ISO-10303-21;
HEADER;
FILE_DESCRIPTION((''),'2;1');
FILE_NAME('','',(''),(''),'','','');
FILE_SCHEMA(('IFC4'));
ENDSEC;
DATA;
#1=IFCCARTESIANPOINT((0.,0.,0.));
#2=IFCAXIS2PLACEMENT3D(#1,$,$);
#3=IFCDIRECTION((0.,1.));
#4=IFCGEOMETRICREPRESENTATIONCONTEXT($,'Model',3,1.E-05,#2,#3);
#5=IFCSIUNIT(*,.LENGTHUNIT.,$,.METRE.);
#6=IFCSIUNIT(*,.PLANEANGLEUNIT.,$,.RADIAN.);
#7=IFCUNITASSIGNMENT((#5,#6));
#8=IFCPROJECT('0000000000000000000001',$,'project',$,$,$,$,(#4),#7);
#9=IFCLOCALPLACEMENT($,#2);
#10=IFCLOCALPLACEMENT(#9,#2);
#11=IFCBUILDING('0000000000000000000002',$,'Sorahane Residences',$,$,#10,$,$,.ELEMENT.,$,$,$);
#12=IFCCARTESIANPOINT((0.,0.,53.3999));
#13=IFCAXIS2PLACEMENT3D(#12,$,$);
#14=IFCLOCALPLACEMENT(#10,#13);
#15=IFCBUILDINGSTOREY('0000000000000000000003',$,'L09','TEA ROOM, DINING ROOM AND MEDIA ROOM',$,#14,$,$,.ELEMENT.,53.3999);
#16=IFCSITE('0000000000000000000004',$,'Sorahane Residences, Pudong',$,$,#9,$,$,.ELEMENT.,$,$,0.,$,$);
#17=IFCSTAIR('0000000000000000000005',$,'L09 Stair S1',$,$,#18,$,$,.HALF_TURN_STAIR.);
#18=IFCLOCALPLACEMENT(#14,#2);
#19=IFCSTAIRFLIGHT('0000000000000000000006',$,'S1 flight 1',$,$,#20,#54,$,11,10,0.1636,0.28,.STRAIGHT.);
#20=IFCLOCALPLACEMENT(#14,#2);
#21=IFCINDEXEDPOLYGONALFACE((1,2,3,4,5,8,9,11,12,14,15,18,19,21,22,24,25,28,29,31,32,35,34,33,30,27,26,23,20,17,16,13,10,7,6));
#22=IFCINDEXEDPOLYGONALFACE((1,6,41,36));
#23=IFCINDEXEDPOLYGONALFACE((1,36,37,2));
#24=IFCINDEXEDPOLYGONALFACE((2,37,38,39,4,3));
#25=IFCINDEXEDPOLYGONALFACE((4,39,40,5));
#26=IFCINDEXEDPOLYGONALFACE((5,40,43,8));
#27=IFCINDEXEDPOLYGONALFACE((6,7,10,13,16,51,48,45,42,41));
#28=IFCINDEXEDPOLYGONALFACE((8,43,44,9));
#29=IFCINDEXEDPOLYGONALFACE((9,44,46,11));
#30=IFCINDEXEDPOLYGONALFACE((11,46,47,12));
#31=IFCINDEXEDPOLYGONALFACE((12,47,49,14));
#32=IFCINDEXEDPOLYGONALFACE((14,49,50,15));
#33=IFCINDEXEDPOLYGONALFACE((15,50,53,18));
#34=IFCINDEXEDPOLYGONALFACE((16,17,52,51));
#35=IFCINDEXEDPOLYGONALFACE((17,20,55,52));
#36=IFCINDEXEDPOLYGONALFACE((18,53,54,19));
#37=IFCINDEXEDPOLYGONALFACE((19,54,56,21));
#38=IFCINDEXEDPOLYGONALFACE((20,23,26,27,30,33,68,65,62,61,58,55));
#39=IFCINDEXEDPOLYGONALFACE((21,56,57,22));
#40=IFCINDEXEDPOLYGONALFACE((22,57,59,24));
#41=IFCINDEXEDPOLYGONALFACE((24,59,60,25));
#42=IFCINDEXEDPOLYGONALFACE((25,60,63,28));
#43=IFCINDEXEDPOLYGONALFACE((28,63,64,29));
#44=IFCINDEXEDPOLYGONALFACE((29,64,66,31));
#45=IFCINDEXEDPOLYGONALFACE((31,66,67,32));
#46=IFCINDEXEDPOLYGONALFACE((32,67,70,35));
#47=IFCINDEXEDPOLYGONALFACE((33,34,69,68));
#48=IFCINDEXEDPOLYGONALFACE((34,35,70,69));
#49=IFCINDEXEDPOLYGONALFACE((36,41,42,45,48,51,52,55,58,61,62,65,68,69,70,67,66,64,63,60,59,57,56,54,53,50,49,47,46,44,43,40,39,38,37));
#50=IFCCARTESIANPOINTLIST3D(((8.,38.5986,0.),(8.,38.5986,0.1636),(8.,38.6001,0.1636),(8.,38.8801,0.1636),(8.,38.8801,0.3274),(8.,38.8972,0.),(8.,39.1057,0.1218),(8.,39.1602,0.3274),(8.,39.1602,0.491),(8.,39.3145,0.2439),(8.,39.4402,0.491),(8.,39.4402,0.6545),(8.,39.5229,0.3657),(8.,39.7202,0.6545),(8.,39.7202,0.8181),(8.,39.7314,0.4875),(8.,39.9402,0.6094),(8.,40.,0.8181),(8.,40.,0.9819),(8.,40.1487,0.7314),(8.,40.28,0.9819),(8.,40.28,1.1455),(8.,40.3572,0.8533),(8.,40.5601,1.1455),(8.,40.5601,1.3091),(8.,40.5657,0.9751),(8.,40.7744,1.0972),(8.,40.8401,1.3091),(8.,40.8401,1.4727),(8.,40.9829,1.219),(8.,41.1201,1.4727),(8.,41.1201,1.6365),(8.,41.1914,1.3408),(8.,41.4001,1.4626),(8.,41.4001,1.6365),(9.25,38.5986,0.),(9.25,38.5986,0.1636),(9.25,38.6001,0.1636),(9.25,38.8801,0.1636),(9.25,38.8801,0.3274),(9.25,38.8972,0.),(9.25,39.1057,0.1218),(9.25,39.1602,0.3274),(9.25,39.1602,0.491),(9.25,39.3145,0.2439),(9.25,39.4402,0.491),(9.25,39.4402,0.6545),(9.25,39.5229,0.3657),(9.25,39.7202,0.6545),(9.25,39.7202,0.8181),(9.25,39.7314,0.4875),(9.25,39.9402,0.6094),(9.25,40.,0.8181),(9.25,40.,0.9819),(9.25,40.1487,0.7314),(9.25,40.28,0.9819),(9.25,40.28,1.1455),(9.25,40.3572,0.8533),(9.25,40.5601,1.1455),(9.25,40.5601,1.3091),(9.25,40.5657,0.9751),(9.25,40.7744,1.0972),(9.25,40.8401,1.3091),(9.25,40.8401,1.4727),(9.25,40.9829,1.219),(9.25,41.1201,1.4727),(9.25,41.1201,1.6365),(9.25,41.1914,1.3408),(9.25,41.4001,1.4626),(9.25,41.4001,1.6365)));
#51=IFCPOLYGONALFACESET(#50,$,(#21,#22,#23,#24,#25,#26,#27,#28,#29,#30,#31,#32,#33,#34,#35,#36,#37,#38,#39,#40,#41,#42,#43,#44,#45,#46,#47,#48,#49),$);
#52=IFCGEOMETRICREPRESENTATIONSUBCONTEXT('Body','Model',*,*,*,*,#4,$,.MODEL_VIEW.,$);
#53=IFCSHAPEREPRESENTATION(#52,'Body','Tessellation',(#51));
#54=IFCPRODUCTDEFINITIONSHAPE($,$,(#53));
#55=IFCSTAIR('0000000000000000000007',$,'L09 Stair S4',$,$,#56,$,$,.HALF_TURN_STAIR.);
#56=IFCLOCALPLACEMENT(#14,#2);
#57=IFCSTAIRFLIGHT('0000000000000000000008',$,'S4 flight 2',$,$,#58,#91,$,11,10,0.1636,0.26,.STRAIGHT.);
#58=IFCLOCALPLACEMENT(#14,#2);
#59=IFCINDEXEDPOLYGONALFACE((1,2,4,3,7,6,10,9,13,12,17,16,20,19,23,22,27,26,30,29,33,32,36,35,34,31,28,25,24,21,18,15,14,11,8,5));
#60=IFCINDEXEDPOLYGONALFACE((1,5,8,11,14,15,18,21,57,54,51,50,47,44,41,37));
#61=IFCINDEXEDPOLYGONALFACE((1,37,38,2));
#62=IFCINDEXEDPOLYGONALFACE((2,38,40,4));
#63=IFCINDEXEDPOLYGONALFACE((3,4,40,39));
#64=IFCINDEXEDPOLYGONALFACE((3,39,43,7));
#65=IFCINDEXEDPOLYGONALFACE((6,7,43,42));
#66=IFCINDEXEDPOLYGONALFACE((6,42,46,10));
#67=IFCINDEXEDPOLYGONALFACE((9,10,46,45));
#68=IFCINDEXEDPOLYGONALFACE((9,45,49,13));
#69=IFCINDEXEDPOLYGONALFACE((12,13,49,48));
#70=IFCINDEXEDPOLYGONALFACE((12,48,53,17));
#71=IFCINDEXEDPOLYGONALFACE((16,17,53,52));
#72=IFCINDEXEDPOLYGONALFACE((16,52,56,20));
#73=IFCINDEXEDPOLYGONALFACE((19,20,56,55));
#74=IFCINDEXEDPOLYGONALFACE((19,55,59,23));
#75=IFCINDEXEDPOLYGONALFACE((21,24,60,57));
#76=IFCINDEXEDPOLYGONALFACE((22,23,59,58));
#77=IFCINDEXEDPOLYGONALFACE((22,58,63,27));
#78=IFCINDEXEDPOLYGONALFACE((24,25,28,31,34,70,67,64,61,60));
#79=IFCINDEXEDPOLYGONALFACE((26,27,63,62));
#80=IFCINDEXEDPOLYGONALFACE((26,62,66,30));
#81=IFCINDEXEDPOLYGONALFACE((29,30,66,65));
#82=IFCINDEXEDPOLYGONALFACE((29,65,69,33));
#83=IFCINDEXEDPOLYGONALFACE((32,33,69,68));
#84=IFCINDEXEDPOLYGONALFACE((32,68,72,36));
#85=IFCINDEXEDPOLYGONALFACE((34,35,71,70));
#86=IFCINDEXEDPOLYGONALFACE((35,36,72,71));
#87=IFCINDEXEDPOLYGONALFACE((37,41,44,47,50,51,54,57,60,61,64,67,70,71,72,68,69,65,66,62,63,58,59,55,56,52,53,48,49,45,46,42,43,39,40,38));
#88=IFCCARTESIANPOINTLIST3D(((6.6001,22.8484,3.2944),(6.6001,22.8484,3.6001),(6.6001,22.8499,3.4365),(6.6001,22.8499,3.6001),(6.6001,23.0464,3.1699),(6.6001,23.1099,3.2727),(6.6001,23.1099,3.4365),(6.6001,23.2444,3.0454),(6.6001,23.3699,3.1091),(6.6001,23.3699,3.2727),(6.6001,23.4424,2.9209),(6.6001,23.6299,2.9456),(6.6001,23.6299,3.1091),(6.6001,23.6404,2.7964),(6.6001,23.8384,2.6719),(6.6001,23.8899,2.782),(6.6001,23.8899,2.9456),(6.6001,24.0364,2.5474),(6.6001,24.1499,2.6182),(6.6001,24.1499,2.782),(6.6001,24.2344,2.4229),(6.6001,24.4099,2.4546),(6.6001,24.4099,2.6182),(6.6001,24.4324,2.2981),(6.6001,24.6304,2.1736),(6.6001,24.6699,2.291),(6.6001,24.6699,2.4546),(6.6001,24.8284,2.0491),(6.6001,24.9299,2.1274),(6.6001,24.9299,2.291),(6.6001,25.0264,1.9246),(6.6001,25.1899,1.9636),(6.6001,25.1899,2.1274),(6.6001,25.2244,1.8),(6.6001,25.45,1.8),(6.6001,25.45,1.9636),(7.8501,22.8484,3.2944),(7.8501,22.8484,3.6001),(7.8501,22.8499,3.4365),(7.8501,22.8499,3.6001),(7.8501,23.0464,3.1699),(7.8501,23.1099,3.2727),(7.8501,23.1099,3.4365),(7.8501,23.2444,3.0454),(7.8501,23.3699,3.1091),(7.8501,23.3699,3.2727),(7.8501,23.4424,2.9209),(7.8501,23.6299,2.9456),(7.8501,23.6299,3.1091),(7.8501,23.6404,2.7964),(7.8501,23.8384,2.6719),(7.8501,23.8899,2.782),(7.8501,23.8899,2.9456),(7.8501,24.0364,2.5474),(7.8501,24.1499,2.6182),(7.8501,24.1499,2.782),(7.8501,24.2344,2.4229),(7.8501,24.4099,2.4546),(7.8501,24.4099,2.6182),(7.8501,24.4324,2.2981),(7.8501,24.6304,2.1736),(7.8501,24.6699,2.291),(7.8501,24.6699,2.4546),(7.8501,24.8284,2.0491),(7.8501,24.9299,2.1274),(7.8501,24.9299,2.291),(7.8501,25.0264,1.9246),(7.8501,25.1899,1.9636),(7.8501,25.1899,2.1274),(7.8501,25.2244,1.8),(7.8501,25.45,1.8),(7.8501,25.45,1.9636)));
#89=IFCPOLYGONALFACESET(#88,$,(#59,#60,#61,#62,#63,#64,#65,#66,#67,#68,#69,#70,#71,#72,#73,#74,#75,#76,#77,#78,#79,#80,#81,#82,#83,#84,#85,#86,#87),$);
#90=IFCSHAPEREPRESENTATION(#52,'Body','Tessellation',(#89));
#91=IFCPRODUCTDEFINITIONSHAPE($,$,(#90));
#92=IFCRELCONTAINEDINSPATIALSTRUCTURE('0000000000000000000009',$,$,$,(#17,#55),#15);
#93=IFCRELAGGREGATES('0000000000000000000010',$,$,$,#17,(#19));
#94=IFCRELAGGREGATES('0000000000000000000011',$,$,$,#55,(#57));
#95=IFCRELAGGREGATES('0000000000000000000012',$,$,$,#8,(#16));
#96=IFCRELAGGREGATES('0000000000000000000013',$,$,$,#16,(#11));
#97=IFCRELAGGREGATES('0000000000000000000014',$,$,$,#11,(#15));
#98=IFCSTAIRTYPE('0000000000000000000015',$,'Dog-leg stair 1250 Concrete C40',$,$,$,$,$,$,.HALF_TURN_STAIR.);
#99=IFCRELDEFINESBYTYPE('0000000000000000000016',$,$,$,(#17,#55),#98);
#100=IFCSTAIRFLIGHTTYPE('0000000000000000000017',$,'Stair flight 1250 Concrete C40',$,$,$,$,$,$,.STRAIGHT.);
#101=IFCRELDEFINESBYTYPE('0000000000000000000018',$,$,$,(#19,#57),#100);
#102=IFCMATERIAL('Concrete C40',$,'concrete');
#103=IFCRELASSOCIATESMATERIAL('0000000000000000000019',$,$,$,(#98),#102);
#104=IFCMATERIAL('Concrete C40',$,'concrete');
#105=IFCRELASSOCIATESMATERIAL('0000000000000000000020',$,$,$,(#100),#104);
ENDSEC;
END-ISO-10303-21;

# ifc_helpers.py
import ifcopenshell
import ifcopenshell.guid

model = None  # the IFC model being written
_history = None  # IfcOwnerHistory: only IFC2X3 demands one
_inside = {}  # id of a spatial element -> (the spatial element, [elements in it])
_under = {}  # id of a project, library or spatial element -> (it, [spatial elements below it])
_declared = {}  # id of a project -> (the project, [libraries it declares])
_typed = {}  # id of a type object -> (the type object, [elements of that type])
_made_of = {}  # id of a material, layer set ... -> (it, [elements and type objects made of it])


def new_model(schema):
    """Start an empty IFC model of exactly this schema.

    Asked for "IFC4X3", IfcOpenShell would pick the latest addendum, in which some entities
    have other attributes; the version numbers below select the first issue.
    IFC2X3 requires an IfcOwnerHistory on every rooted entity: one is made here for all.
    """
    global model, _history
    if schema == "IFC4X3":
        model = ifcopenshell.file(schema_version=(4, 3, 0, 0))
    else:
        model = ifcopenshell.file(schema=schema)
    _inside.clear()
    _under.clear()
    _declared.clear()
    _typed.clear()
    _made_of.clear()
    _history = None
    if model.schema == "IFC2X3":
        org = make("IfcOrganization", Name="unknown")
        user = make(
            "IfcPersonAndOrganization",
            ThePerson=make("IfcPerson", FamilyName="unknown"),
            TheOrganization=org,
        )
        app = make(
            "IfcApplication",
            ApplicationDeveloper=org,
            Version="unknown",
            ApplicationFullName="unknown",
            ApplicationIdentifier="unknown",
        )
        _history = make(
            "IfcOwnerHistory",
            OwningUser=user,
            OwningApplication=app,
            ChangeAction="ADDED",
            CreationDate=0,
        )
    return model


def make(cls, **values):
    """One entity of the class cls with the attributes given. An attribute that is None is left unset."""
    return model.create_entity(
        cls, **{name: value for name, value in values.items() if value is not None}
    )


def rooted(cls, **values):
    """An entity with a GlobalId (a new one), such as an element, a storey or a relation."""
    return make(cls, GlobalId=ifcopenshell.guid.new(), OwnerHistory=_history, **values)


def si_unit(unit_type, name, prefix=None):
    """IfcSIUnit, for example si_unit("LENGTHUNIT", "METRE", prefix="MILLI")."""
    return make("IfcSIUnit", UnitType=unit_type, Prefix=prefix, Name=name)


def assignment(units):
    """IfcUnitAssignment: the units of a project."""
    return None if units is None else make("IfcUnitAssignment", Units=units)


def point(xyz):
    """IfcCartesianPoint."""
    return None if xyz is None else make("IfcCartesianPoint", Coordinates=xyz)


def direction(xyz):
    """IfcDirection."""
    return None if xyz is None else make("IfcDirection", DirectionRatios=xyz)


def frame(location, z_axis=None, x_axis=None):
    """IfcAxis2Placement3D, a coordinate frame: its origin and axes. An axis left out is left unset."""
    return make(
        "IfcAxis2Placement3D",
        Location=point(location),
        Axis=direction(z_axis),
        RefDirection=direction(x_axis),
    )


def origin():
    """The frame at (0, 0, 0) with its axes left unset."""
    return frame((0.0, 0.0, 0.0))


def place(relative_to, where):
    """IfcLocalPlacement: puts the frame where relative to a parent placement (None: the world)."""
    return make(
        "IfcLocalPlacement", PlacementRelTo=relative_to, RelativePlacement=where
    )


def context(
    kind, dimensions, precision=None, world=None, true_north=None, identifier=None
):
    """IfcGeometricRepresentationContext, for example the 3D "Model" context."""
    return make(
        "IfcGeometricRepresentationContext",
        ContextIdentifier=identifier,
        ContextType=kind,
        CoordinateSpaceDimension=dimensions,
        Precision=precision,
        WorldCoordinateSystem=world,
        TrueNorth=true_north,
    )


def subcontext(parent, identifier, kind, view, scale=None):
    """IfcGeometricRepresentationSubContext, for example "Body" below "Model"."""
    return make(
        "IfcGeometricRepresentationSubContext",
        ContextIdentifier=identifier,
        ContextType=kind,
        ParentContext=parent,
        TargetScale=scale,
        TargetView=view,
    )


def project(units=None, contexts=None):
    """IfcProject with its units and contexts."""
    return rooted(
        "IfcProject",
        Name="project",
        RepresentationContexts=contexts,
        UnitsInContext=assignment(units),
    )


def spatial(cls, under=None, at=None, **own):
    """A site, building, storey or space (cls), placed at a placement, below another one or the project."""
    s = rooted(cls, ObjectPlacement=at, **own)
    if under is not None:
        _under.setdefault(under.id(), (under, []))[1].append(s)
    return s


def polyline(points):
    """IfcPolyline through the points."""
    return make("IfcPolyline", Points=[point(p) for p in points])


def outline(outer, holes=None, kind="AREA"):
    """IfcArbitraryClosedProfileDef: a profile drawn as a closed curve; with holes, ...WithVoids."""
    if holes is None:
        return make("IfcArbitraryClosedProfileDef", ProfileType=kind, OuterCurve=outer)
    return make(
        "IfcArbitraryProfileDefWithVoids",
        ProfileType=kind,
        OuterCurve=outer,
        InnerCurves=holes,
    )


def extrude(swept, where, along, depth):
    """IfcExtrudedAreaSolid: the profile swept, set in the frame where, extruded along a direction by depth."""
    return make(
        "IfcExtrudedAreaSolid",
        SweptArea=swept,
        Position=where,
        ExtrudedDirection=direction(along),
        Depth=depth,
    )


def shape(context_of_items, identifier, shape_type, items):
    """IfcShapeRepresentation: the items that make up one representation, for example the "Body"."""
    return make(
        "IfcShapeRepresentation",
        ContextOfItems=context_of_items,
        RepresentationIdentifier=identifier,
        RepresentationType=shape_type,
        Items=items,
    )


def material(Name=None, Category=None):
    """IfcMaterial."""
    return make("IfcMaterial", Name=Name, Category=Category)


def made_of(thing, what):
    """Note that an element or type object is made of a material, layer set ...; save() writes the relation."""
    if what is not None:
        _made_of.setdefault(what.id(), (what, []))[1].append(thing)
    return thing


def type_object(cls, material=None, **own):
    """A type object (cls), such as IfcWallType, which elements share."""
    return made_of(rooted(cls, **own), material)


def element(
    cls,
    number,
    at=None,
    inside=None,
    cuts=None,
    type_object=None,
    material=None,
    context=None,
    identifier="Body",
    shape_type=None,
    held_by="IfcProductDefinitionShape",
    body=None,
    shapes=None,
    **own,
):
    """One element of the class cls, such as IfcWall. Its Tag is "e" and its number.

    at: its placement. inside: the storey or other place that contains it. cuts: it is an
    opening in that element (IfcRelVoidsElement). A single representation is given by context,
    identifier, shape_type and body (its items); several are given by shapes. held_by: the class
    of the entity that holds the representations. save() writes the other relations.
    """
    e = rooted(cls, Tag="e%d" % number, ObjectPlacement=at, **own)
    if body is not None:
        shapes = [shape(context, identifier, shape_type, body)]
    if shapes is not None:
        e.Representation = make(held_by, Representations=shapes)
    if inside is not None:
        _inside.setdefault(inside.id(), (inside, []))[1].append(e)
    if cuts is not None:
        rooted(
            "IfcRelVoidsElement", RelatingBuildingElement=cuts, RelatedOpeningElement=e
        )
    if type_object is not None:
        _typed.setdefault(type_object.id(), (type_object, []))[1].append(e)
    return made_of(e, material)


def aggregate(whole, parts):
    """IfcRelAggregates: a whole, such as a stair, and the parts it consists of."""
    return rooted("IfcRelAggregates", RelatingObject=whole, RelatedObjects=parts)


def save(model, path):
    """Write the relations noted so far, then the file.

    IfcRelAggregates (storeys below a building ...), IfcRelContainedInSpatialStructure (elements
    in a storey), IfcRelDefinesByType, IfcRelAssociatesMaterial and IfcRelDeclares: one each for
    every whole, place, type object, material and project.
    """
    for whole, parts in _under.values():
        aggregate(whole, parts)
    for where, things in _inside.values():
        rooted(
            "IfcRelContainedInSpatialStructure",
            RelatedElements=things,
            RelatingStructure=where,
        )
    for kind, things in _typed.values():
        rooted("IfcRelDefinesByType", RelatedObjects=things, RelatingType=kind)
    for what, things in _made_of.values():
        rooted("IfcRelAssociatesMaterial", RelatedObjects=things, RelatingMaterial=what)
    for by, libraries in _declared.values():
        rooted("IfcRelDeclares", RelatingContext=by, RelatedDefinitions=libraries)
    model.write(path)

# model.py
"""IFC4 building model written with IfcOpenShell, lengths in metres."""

from ifc_helpers import new_model, si_unit, direction, frame, origin, place, context, subcontext, project, spatial, polyline, outline, extrude, material, type_object, element, aggregate, save


model = new_model("IFC4")

# Units and contexts
model_context = context("Model", 3, precision=1e-05, world=origin(), true_north=direction((0.0, 1.0)))
body_context = subcontext(model_context, "Body", "Model", "MODEL_VIEW")
ifc_project = project(units=[si_unit("LENGTHUNIT", "METRE"), si_unit("PLANEANGLEUNIT", "RADIAN")], contexts=[model_context])

# Site, building, storey
site_placement = place(None, origin())
site = spatial("IfcSite", under=ifc_project, at=site_placement, Name="Sorahane Residences, Pudong", CompositionType="ELEMENT", RefElevation=0.0)
building_placement = place(site_placement, origin())
building = spatial("IfcBuilding", under=site, at=building_placement, Name="Sorahane Residences", CompositionType="ELEMENT")
storey_placement = place(building_placement, frame((0.0, 0.0, 53.3999)))
storey = spatial("IfcBuildingStorey", under=building, at=storey_placement, Name="L09", Description="TEA ROOM, DINING ROOM AND MEDIA ROOM", CompositionType="ELEMENT", Elevation=53.3999)

# Stairs, stair flights
ifc_material_1 = material(Name="Concrete C40", Category="concrete")
stair_type = type_object("IfcStairType", Name="Dog-leg stair 1250 Concrete C40", PredefinedType="HALF_TURN_STAIR", material=ifc_material_1)
stair_1_placement = place(storey_placement, origin())
stair_1 = element("IfcStair", 1, at=stair_1_placement, inside=storey, type_object=stair_type, Name="L09 Stair S1", PredefinedType="HALF_TURN_STAIR")
ifc_material_2 = material(Name="Concrete C40", Category="concrete")
stair_flight_type = type_object("IfcStairFlightType", Name="Stair flight 1250 Concrete C40", PredefinedType="STRAIGHT", material=ifc_material_2)
stair_flight_1_placement = place(storey_placement, frame((8.625, 38.6001, 0.0), z_axis=(0.0, 0.0, 1.0), x_axis=(0.0, 1.0, 0.0)))
stair_flight_1 = element("IfcStairFlight", 2, at=stair_flight_1_placement, type_object=stair_flight_type, Name="S1 flight 1", NumberOfRisers=11, NumberOfTreads=10, PredefinedType="STRAIGHT", RiserHeight=0.1636, TreadLength=0.28, context=body_context, shape_type="SweptSolid", body=[
    extrude(outline(polyline([(-0.0015, 0.0), (-0.0015, 0.1636), (0.0, 0.1636), (0.28, 0.1636), (0.28, 0.3274), (0.5601, 0.3274), (0.5601, 0.491), (0.8401, 0.491), (0.8401, 0.6545), (1.1201, 0.6545), (1.1201, 0.8181), (1.3999, 0.8181), (1.3999, 0.9819), (1.6799, 0.9819), (1.6799, 1.1455), (1.96, 1.1455), (1.96, 1.3091), (2.24, 1.3091), (2.24, 1.4727), (2.52, 1.4727), (2.52, 1.6365), (2.8, 1.6365), (2.8, 1.8), (2.8, 1.4626), (2.5913, 1.3408), (2.3828, 1.219), (2.1743, 1.0972), (1.9656, 0.9751), (1.7571, 0.8533), (1.5486, 0.7314), (1.3401, 0.6094), (1.1313, 0.4875), (0.9229, 0.3657), (0.7144, 0.2439), (0.5056, 0.1218), (0.2971, 0.0), (-0.0015, 0.0)])), frame((0.0, 0.625, 0.0), z_axis=(0.0, -1.0, 0.0), x_axis=(1.0, 0.0, 0.0)), (0.0, 0.0, 1.0), 1.25),
])
aggregate(stair_1, [stair_flight_1])
stair_2_placement = place(storey_placement, origin())
stair_2 = element("IfcStair", 3, at=stair_2_placement, inside=storey, type_object=stair_type, Name="L09 Stair S4", PredefinedType="HALF_TURN_STAIR")
stair_flight_2_placement = place(storey_placement, frame((7.2251, 25.45, 1.8), z_axis=(0.0, 0.0, 1.0), x_axis=(0.0, -1.0, 0.0)))
stair_flight_2 = element("IfcStairFlight", 4, at=stair_flight_2_placement, type_object=stair_flight_type, Name="S4 flight 2", NumberOfRisers=11, NumberOfTreads=10, PredefinedType="STRAIGHT", RiserHeight=0.1636, TreadLength=0.26, context=body_context, shape_type="SweptSolid", body=[
    extrude(outline(polyline([(0.0, 0.0), (0.0, 0.1636), (0.26, 0.1636), (0.26, 0.3274), (0.52, 0.3274), (0.52, 0.491), (0.78, 0.491), (0.78, 0.6545), (1.04, 0.6545), (1.04, 0.8181), (1.3, 0.8181), (1.3, 0.9819), (1.5601, 0.9819), (1.5601, 1.1455), (1.8201, 1.1455), (1.8201, 1.3091), (2.0801, 1.3091), (2.0801, 1.4727), (2.3401, 1.4727), (2.3401, 1.6365), (2.6001, 1.6365), (2.6001, 1.8), (2.6016, 1.8), (2.6016, 1.4944), (2.4036, 1.3699), (2.2056, 1.2454), (2.0076, 1.1208), (1.8096, 0.9963), (1.6116, 0.8718), (1.4136, 0.7473), (1.2156, 0.6228), (1.0176, 0.498), (0.8196, 0.3735), (0.6216, 0.249), (0.4236, 0.1245), (0.2256, 0.0), (0.0, 0.0)])), frame((0.0, 0.625, 0.0), z_axis=(0.0, -1.0, 0.0), x_axis=(1.0, 0.0, 0.0)), (0.0, 0.0, 1.0), 1.25),
])
aggregate(stair_2, [stair_flight_2])

save(model, "model.ifc")
